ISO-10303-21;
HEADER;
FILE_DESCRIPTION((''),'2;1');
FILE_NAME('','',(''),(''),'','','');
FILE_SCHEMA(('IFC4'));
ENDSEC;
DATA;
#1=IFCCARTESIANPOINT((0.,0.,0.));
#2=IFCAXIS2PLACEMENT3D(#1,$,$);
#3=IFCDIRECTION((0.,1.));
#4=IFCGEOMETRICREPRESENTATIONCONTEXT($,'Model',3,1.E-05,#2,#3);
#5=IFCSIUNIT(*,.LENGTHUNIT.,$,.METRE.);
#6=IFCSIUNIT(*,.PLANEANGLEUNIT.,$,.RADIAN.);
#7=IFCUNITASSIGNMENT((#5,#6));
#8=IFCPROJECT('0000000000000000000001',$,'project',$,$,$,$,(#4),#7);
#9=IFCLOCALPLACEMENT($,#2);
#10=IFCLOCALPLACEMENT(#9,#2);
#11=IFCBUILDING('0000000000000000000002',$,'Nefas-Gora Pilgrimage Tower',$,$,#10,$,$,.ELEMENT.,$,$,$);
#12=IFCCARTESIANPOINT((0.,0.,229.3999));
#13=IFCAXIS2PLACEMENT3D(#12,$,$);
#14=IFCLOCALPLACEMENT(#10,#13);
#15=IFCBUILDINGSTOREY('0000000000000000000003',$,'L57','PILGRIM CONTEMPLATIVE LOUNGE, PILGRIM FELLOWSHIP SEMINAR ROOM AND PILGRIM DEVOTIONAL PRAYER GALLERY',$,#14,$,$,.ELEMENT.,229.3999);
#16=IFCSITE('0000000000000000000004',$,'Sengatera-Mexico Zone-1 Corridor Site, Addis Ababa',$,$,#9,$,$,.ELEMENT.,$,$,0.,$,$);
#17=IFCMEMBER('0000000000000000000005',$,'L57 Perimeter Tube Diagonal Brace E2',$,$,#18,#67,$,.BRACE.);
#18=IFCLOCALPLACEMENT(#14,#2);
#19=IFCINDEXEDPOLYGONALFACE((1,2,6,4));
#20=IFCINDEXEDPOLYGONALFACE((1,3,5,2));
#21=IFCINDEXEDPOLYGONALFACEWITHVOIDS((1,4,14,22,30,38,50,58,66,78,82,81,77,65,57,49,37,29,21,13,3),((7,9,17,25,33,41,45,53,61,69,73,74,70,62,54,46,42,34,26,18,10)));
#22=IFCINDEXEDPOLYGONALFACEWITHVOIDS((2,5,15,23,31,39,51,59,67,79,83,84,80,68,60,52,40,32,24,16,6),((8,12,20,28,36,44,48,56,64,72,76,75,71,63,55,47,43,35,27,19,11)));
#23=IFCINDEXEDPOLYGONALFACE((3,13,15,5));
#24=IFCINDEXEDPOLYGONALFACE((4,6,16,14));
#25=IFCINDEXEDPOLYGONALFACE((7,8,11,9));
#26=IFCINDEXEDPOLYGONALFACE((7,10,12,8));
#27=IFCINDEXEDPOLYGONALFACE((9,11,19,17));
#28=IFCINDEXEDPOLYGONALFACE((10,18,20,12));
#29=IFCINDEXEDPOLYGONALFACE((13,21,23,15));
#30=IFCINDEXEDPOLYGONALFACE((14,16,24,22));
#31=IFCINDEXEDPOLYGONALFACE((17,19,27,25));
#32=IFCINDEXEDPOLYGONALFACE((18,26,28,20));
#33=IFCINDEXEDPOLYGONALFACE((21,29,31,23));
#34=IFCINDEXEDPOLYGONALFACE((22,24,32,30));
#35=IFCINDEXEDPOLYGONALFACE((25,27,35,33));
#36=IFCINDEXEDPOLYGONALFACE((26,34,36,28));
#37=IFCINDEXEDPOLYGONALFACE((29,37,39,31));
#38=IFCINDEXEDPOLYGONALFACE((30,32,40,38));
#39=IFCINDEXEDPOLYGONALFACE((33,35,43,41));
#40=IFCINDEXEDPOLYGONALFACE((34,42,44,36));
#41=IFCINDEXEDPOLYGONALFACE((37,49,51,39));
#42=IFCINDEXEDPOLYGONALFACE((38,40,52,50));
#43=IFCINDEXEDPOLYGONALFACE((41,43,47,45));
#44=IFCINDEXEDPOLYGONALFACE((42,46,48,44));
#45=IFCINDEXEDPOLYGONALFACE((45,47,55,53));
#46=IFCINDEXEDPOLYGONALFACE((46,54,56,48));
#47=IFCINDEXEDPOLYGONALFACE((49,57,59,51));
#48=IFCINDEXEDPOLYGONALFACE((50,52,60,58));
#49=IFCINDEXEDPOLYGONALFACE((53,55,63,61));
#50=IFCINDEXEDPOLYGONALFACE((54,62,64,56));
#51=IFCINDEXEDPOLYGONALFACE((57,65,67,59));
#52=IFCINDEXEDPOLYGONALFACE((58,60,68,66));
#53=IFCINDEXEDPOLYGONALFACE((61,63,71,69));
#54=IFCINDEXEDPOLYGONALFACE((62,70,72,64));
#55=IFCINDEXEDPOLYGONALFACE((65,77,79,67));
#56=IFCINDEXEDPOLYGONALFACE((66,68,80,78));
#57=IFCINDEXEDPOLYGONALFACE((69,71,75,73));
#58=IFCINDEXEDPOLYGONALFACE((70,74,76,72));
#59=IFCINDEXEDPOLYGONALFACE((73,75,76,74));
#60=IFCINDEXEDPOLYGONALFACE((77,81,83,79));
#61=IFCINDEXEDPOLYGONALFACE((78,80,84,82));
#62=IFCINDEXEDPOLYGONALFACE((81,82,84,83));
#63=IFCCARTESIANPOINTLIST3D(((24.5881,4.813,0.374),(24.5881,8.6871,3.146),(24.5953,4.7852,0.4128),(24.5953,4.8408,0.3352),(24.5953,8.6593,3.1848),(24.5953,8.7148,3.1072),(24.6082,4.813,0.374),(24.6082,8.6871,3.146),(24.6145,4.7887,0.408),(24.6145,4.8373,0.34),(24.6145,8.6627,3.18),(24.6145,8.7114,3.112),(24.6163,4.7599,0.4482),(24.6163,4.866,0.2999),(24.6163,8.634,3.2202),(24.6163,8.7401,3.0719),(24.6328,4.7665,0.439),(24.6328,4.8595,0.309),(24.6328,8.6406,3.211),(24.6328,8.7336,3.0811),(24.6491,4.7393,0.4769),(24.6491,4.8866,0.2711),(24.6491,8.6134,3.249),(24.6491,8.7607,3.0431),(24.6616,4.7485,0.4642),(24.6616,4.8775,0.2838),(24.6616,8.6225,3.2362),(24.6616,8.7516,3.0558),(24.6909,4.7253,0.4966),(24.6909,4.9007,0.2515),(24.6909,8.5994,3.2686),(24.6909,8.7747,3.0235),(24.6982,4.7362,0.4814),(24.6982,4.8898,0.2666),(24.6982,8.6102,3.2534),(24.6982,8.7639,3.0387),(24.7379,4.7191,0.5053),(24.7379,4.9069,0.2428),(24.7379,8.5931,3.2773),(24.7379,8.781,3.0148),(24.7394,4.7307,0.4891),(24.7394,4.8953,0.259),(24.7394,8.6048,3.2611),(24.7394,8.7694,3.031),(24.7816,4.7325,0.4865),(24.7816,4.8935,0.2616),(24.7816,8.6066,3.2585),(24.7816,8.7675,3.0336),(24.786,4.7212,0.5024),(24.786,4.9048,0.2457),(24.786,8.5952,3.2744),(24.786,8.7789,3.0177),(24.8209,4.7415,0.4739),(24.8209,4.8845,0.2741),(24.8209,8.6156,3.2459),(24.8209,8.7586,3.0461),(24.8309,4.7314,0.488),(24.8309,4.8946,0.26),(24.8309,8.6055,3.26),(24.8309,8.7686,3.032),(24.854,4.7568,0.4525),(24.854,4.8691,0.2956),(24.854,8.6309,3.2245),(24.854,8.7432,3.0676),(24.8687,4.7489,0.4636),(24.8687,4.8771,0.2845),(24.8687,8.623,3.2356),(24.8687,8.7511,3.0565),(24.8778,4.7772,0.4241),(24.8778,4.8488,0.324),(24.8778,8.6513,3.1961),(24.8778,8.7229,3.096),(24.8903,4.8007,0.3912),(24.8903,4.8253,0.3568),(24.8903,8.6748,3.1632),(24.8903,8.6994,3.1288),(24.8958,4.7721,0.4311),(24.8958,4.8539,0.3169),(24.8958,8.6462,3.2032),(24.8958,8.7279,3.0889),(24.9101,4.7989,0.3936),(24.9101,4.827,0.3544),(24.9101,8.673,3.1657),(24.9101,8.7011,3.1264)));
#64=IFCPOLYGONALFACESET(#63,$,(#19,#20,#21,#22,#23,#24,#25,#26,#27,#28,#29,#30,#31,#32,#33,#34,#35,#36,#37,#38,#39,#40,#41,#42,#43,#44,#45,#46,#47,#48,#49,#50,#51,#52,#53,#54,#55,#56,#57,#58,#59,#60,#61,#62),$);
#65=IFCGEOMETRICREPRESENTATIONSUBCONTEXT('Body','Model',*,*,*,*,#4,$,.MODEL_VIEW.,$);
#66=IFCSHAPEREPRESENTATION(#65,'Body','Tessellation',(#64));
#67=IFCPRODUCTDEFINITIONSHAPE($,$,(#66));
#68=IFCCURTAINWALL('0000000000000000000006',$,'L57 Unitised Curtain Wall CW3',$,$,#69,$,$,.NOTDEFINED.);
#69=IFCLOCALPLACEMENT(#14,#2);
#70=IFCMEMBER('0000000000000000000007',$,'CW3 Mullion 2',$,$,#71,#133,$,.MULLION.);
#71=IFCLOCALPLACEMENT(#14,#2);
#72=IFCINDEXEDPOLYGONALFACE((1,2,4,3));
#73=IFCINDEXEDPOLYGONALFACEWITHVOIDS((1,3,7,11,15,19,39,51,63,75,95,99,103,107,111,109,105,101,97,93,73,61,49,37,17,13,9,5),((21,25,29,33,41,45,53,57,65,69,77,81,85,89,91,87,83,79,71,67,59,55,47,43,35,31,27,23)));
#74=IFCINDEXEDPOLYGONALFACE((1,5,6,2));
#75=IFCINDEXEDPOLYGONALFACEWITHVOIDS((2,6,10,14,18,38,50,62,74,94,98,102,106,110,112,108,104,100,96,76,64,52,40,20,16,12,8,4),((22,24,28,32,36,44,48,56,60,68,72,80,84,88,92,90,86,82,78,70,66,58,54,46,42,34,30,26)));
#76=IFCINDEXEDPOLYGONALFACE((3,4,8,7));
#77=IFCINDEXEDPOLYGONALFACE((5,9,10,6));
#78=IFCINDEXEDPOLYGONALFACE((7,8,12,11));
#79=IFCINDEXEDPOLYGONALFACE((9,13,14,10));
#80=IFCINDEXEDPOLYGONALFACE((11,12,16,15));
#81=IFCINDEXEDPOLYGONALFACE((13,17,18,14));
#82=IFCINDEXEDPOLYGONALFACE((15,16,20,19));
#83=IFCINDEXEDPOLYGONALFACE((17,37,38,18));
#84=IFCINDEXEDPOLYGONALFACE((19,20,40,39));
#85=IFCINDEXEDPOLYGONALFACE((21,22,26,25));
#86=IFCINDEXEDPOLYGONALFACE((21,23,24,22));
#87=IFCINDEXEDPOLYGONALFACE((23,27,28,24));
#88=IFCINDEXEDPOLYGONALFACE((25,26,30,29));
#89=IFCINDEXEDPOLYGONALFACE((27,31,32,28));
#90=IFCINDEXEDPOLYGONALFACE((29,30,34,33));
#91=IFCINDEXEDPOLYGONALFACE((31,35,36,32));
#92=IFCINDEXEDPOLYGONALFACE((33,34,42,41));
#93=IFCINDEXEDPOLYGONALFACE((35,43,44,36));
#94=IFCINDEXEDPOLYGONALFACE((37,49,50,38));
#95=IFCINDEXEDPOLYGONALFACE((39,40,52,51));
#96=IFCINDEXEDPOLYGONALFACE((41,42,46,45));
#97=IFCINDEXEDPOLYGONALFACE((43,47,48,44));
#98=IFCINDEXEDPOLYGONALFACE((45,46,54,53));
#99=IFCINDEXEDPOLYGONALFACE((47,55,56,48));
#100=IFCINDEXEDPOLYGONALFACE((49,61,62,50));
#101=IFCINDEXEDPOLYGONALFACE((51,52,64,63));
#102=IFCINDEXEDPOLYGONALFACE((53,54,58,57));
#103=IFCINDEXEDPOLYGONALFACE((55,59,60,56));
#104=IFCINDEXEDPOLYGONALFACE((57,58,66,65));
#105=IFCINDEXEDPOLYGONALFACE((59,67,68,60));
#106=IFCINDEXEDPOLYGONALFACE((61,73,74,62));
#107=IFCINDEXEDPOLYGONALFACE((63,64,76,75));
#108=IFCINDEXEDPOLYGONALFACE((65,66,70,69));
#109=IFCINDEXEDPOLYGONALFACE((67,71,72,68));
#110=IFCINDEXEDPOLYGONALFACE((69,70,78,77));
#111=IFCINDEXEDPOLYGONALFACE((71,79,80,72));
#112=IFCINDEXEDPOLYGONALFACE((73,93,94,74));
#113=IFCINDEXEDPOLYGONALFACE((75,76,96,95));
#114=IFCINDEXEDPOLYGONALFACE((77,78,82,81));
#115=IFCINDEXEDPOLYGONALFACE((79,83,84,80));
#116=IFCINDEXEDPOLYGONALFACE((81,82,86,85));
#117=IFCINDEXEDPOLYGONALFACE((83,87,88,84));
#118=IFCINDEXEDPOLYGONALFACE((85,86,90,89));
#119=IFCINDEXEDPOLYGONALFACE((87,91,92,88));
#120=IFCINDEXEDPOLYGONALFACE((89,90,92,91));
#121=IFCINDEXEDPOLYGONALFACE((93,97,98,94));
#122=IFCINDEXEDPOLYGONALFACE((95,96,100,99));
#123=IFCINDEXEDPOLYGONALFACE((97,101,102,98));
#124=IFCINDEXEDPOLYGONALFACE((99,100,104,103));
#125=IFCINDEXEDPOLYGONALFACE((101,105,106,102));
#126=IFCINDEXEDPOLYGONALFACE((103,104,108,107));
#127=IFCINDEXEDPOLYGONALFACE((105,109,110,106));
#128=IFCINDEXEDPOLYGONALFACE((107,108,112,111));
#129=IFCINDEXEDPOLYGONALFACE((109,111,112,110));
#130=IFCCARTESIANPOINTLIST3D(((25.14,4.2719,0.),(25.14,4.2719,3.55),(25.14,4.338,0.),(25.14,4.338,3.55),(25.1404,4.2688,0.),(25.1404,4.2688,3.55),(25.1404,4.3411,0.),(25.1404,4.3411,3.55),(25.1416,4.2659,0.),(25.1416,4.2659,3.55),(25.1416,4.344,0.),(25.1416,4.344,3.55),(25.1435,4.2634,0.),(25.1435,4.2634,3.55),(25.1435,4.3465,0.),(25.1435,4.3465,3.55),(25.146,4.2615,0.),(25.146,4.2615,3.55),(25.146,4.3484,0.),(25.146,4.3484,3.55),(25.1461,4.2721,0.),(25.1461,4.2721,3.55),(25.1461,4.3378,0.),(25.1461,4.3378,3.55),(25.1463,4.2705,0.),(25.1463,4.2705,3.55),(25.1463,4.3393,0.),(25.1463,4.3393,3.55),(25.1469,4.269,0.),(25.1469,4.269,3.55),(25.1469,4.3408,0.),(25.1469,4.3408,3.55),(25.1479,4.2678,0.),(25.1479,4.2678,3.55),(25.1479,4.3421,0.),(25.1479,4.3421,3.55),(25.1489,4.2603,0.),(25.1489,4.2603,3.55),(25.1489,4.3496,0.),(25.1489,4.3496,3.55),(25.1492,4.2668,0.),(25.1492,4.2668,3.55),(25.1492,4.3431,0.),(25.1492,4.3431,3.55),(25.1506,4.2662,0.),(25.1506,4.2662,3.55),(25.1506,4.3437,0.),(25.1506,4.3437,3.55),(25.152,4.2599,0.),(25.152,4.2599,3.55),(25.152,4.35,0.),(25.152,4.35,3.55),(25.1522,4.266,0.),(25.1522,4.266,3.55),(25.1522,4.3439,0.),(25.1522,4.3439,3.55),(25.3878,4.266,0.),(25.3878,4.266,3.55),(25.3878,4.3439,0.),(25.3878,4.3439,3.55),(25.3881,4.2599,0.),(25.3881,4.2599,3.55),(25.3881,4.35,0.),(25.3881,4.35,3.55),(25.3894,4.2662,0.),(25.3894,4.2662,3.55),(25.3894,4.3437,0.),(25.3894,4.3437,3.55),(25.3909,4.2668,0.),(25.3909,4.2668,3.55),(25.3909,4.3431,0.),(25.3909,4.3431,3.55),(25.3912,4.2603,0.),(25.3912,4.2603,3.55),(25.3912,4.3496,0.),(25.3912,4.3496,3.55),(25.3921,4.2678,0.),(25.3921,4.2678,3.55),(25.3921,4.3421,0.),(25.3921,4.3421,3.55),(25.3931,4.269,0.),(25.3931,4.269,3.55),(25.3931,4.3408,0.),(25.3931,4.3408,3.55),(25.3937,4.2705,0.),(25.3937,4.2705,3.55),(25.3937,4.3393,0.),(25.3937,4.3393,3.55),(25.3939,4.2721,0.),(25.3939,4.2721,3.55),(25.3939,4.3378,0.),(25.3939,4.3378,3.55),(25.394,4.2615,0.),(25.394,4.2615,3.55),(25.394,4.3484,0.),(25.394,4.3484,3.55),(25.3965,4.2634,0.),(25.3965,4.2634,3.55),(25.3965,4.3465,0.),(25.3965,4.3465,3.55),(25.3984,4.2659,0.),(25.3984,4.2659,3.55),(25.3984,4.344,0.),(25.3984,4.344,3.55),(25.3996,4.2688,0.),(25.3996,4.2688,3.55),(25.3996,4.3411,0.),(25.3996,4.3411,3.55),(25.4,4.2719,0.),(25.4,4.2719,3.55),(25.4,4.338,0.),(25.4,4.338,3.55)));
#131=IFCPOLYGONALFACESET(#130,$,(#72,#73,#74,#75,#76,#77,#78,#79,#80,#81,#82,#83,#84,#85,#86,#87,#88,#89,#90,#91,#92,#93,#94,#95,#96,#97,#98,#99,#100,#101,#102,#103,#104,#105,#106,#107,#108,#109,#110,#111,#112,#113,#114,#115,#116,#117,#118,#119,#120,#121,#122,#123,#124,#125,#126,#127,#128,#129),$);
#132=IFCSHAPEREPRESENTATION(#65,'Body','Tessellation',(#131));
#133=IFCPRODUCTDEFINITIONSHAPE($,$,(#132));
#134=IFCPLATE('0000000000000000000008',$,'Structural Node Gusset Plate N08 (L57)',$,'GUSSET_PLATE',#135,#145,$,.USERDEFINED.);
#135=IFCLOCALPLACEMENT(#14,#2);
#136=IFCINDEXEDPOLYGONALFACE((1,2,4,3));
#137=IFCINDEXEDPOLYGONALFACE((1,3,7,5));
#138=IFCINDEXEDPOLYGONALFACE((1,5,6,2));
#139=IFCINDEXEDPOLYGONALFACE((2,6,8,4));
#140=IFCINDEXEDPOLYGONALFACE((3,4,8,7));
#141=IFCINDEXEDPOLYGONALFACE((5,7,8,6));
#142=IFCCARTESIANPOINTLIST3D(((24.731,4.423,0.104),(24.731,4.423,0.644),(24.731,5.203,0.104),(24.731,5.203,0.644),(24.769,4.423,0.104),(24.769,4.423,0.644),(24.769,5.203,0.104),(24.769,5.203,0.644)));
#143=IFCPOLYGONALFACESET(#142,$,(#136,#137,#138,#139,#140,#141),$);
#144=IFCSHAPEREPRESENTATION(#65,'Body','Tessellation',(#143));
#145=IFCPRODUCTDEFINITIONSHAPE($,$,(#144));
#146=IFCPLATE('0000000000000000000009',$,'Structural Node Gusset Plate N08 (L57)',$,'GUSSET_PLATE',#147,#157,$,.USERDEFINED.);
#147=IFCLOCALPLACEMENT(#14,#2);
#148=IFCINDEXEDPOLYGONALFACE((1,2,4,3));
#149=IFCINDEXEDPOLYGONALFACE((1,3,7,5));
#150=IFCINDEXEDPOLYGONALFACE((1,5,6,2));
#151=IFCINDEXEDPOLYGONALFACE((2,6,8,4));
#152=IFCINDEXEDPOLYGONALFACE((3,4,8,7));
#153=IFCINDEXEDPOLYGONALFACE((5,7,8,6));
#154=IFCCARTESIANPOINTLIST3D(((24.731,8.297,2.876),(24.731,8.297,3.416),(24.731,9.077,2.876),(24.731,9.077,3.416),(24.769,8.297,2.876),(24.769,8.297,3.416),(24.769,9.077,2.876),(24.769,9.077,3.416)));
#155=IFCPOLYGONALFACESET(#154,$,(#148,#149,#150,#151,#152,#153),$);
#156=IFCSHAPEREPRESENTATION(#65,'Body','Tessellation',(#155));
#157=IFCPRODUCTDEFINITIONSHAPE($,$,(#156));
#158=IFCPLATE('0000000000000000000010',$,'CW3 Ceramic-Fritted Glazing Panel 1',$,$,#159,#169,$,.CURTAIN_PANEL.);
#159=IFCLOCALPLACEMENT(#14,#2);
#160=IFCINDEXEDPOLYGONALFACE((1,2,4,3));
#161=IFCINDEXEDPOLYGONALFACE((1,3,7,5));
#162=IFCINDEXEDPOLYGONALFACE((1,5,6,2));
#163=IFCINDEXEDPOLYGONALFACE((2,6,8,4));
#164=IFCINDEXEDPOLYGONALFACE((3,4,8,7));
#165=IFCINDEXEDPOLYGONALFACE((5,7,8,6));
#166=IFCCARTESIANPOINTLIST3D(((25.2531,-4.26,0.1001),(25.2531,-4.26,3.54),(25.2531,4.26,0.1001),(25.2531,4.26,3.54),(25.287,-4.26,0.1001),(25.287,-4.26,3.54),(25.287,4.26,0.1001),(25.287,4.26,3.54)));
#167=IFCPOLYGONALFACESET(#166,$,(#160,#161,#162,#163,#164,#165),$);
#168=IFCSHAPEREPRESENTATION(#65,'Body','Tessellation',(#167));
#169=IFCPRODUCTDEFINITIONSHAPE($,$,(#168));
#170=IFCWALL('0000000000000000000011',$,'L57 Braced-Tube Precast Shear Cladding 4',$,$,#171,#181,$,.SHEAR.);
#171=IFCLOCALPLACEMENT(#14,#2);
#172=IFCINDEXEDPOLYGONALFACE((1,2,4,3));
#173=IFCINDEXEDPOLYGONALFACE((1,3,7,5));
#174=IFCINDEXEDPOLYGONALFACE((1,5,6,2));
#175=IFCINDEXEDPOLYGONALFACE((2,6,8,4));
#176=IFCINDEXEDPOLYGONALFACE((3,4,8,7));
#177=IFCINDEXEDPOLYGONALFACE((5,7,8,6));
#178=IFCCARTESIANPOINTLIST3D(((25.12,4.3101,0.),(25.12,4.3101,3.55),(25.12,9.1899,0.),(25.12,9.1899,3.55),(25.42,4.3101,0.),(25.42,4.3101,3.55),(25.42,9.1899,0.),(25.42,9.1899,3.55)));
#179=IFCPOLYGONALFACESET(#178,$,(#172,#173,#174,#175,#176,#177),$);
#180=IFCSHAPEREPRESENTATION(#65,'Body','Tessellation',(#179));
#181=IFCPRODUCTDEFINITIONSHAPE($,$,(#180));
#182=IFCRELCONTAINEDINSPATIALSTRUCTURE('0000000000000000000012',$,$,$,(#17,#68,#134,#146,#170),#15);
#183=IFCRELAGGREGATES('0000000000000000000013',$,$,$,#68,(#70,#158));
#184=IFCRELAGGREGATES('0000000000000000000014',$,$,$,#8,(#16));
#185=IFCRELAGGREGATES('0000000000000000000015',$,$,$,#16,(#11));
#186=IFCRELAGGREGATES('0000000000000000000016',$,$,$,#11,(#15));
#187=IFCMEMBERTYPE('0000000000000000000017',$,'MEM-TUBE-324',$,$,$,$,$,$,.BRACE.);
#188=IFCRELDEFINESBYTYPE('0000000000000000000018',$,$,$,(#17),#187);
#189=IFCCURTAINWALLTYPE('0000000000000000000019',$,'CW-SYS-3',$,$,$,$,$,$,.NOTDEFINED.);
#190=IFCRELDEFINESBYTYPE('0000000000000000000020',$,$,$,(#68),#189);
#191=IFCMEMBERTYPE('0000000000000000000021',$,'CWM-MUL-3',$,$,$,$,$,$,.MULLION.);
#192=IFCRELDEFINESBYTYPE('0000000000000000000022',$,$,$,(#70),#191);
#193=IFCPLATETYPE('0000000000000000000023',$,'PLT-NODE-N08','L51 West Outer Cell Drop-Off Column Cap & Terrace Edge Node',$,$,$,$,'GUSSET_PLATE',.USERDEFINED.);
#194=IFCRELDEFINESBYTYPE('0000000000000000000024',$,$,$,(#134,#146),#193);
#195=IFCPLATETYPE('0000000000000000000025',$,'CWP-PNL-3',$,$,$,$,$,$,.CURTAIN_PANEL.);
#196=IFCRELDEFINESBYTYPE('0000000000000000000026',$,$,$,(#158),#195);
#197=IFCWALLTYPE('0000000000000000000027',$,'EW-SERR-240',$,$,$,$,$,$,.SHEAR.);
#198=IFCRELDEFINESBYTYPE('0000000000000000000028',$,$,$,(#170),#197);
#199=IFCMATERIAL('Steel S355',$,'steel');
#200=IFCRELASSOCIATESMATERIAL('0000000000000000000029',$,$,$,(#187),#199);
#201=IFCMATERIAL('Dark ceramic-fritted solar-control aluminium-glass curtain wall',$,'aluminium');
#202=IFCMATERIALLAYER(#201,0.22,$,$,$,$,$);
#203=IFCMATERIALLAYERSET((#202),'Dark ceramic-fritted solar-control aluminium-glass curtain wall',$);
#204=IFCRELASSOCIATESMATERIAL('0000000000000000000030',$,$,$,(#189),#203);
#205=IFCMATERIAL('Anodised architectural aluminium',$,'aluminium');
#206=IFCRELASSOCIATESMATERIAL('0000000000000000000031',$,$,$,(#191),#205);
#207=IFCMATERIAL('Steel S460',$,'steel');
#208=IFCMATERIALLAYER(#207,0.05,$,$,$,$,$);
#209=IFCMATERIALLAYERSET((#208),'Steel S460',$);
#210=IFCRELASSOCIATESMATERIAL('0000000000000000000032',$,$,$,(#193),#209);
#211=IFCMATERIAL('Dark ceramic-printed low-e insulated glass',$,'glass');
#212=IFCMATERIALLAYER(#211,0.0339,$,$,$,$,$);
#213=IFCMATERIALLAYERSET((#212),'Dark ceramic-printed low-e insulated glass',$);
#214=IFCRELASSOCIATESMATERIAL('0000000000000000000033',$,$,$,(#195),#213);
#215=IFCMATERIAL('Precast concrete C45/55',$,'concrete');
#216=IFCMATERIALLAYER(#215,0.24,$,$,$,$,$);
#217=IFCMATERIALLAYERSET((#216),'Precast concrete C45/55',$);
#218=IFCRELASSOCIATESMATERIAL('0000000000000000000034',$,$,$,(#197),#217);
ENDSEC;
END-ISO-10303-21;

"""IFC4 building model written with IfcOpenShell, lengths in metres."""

from ifc_helpers import new_model, si_unit, direction, frame, frame_2d, origin, origin_2d, place, context, subcontext, project, spatial, rectangle, hollow_rectangle, hollow_circle, extrude, source, transform, mapped, material, layer, layer_set, material_profile, profile_set, type_object, element, aggregate, save


model = new_model("IFC4")

# Units and contexts
model_context = context("Model", 3, precision=1e-05, world=origin(), true_north=direction((0.0, 1.0)))
body_context = subcontext(model_context, "Body", "Model", "MODEL_VIEW")
ifc_project = project(units=[si_unit("LENGTHUNIT", "METRE"), si_unit("PLANEANGLEUNIT", "RADIAN")], contexts=[model_context])

# Site, building, storey
site_placement = place(None, origin())
site = spatial("IfcSite", under=ifc_project, at=site_placement, Name="Sengatera-Mexico Zone-1 Corridor Site, Addis Ababa", CompositionType="ELEMENT", RefElevation=0.0)
building_placement = place(site_placement, origin())
building = spatial("IfcBuilding", under=site, at=building_placement, Name="Nefas-Gora Pilgrimage Tower", CompositionType="ELEMENT")
storey_placement = place(building_placement, frame((0.0, 0.0, 229.3999)))
storey = spatial("IfcBuildingStorey", under=building, at=storey_placement, Name="L57", Description="PILGRIM CONTEMPLATIVE LOUNGE, PILGRIM FELLOWSHIP SEMINAR ROOM AND PILGRIM DEVOTIONAL PRAYER GALLERY", CompositionType="ELEMENT", Elevation=229.3999)

# Shared definitions
ifc_material_1 = material(Name="Steel S460", Category="steel")

# Shared definitions
ifc_material_2 = material(Name="Steel S355", Category="steel")

# Member
ifc_material_profile_1 = material_profile(ifc_material_2, hollow_circle(Radius=0.1619, WallThickness=0.02, at=origin_2d()), Name="CHS 323.9x20")
ifc_profile_set_1 = profile_set([ifc_material_profile_1], Name="Steel S355")
member_type_1 = type_object("IfcMemberType", Name="MEM-TUBE-324", PredefinedType="BRACE", material=ifc_profile_set_1)
shared_shape_1 = source(origin(), body_context, "Body", "SweptSolid", [
    extrude(hollow_circle(Radius=0.1619, WallThickness=0.02, at=origin_2d()), origin(), (0.0, 0.0, 1.0), 4.7637),
])
member_1_placement = place(storey_placement, frame((24.75, 4.813, 0.374), z_axis=(0.0, 0.813255, 0.581907), x_axis=(-1.0, 0.0, 0.0)))
element("IfcMember", 1, at=member_1_placement, inside=storey, type_object=member_type_1, Name="L57 Perimeter Tube Diagonal Brace E2", PredefinedType="BRACE", context=body_context, shape_type="MappedRepresentation", body=[
    mapped(shared_shape_1, transform((0.0, 0.0, 0.0), x_axis=(1.0, 0.0, 0.0), y_axis=(0.0, 1.0, 0.0), z_axis=(0.0, 0.0, 1.0), scale=1.0)),
])

# Curtain wall, member
ifc_material_3 = material(Name="Dark ceramic-fritted solar-control aluminium-glass curtain wall", Category="aluminium")
ifc_layer_1 = layer(ifc_material_3, 0.22)
ifc_layer_set_1 = layer_set([ifc_layer_1], Name="Dark ceramic-fritted solar-control aluminium-glass curtain wall")
curtain_wall_type = type_object("IfcCurtainWallType", Name="CW-SYS-3", PredefinedType="NOTDEFINED", material=ifc_layer_set_1)
curtain_wall_placement = place(storey_placement, origin())
curtain_wall = element("IfcCurtainWall", 2, at=curtain_wall_placement, inside=storey, type_object=curtain_wall_type, Name="L57 Unitised Curtain Wall CW3", PredefinedType="NOTDEFINED")
ifc_material_4 = material(Name="Anodised architectural aluminium", Category="aluminium")
ifc_material_profile_2 = material_profile(ifc_material_4, hollow_rectangle(XDim=0.0901, YDim=0.26, WallThickness=0.0061, InnerFilletRadius=0.0061, OuterFilletRadius=0.012, at=origin_2d()), Name="ALU MULLION 90x260")
ifc_profile_set_2 = profile_set([ifc_material_profile_2], Name="Anodised architectural aluminium")
member_type_2 = type_object("IfcMemberType", Name="CWM-MUL-3", PredefinedType="MULLION", material=ifc_profile_set_2)
shared_shape_2 = source(origin(), body_context, "Body", "SweptSolid", [
    extrude(hollow_rectangle(XDim=0.0901, YDim=0.26, WallThickness=0.0061, InnerFilletRadius=0.0061, OuterFilletRadius=0.012, at=origin_2d()), origin(), (0.0, 0.0, 1.0), 3.55),
])
member_2_placement = place(storey_placement, frame((25.27, 4.3049, 0.0), z_axis=(0.0, 0.0, 1.0), x_axis=(0.0, 1.0, 0.0)))
member_2 = element("IfcMember", 3, at=member_2_placement, type_object=member_type_2, Name="CW3 Mullion 2", PredefinedType="MULLION", context=body_context, shape_type="MappedRepresentation", body=[
    mapped(shared_shape_2, transform((0.0, 0.0, 0.0), x_axis=(1.0, 0.0, 0.0), y_axis=(0.0, 1.0, 0.0), z_axis=(0.0, 0.0, 1.0), scale=1.0)),
])

# Plates
ifc_layer_2 = layer(ifc_material_1, 0.05)
ifc_layer_set_2 = layer_set([ifc_layer_2], Name="Steel S460")
plate_type_1 = type_object("IfcPlateType", Name="PLT-NODE-N08", Description="L51 West Outer Cell Drop-Off Column Cap & Terrace Edge Node", ElementType="GUSSET_PLATE", PredefinedType="USERDEFINED", material=ifc_layer_set_2)
shared_shape_3 = source(origin(), body_context, "Body", "SweptSolid", [
    extrude(rectangle(XDim=0.78, YDim=0.0381, at=origin_2d()), origin(), (0.0, 0.0, 1.0), 0.54),
])
for number, where, z_axis, x_axis, name in (
    (4, (24.75, 4.813, 0.104), (0.0, 0.0, 1.0), (0.0, 1.0, 0.0), "Structural Node Gusset Plate N08 (L57)"),
    (5, (24.75, 8.687, 2.876), (0.0, 0.0, 1.0), (0.0, 1.0, 0.0), "Structural Node Gusset Plate N08 (L57)"),
):
    element("IfcPlate", number, at=place(storey_placement, frame(where, z_axis=z_axis, x_axis=x_axis)), inside=storey, type_object=plate_type_1, Name=name, ObjectType="GUSSET_PLATE", PredefinedType="USERDEFINED", context=body_context, shape_type="MappedRepresentation", body=[
        mapped(shared_shape_3, transform((0.0, 0.0, 0.0), x_axis=(1.0, 0.0, 0.0), y_axis=(0.0, 1.0, 0.0), z_axis=(0.0, 0.0, 1.0), scale=1.0)),
    ])

# Plate
ifc_material_5 = material(Name="Dark ceramic-printed low-e insulated glass", Category="glass")
ifc_layer_3 = layer(ifc_material_5, 0.0339)
ifc_layer_set_3 = layer_set([ifc_layer_3], Name="Dark ceramic-printed low-e insulated glass")
plate_type_2 = type_object("IfcPlateType", Name="CWP-PNL-3", PredefinedType="CURTAIN_PANEL", material=ifc_layer_set_3)
shared_shape_4 = source(origin(), body_context, "Body", "SweptSolid", [
    extrude(rectangle(XDim=8.52, YDim=0.0339, at=origin_2d()), origin(), (0.0, 0.0, 1.0), 3.4399),
])
plate_placement = place(storey_placement, frame((25.27, 0.0, 0.1001), z_axis=(0.0, 0.0, 1.0), x_axis=(0.0, 1.0, 0.0)))
plate = element("IfcPlate", 6, at=plate_placement, type_object=plate_type_2, Name="CW3 Ceramic-Fritted Glazing Panel 1", PredefinedType="CURTAIN_PANEL", context=body_context, shape_type="MappedRepresentation", body=[
    mapped(shared_shape_4, transform((0.0, 0.0, 0.0), x_axis=(1.0, 0.0, 0.0), y_axis=(0.0, 1.0, 0.0), z_axis=(0.0, 0.0, 1.0), scale=1.0)),
])
aggregate(curtain_wall, [member_2, plate])

# Wall
ifc_material_6 = material(Name="Precast concrete C45/55", Category="concrete")
ifc_layer_4 = layer(ifc_material_6, 0.24)
ifc_layer_set_4 = layer_set([ifc_layer_4], Name="Precast concrete C45/55")
wall_type_1 = type_object("IfcWallType", Name="EW-SERR-240", PredefinedType="SHEAR", material=ifc_layer_set_4)
shared_shape_5 = source(origin(), body_context, "Body", "SweptSolid", [
    extrude(rectangle(XDim=4.8799, YDim=0.3, at=frame_2d((2.4399, 0.0))), origin(), (0.0, 0.0, 1.0), 3.55),
])
wall_1_placement = place(storey_placement, frame((25.27, 4.3101, 0.0), z_axis=(0.0, 0.0, 1.0), x_axis=(0.0, 1.0, 0.0)))
element("IfcWall", 7, at=wall_1_placement, inside=storey, type_object=wall_type_1, Name="L57 Braced-Tube Precast Shear Cladding 4", PredefinedType="SHEAR", context=body_context, shape_type="MappedRepresentation", body=[
    mapped(shared_shape_5, transform((0.0, 0.0, 0.0), x_axis=(1.0, 0.0, 0.0), y_axis=(0.0, 1.0, 0.0), z_axis=(0.0, 0.0, 1.0), scale=1.0)),
])

save(model, "model.ifc")
